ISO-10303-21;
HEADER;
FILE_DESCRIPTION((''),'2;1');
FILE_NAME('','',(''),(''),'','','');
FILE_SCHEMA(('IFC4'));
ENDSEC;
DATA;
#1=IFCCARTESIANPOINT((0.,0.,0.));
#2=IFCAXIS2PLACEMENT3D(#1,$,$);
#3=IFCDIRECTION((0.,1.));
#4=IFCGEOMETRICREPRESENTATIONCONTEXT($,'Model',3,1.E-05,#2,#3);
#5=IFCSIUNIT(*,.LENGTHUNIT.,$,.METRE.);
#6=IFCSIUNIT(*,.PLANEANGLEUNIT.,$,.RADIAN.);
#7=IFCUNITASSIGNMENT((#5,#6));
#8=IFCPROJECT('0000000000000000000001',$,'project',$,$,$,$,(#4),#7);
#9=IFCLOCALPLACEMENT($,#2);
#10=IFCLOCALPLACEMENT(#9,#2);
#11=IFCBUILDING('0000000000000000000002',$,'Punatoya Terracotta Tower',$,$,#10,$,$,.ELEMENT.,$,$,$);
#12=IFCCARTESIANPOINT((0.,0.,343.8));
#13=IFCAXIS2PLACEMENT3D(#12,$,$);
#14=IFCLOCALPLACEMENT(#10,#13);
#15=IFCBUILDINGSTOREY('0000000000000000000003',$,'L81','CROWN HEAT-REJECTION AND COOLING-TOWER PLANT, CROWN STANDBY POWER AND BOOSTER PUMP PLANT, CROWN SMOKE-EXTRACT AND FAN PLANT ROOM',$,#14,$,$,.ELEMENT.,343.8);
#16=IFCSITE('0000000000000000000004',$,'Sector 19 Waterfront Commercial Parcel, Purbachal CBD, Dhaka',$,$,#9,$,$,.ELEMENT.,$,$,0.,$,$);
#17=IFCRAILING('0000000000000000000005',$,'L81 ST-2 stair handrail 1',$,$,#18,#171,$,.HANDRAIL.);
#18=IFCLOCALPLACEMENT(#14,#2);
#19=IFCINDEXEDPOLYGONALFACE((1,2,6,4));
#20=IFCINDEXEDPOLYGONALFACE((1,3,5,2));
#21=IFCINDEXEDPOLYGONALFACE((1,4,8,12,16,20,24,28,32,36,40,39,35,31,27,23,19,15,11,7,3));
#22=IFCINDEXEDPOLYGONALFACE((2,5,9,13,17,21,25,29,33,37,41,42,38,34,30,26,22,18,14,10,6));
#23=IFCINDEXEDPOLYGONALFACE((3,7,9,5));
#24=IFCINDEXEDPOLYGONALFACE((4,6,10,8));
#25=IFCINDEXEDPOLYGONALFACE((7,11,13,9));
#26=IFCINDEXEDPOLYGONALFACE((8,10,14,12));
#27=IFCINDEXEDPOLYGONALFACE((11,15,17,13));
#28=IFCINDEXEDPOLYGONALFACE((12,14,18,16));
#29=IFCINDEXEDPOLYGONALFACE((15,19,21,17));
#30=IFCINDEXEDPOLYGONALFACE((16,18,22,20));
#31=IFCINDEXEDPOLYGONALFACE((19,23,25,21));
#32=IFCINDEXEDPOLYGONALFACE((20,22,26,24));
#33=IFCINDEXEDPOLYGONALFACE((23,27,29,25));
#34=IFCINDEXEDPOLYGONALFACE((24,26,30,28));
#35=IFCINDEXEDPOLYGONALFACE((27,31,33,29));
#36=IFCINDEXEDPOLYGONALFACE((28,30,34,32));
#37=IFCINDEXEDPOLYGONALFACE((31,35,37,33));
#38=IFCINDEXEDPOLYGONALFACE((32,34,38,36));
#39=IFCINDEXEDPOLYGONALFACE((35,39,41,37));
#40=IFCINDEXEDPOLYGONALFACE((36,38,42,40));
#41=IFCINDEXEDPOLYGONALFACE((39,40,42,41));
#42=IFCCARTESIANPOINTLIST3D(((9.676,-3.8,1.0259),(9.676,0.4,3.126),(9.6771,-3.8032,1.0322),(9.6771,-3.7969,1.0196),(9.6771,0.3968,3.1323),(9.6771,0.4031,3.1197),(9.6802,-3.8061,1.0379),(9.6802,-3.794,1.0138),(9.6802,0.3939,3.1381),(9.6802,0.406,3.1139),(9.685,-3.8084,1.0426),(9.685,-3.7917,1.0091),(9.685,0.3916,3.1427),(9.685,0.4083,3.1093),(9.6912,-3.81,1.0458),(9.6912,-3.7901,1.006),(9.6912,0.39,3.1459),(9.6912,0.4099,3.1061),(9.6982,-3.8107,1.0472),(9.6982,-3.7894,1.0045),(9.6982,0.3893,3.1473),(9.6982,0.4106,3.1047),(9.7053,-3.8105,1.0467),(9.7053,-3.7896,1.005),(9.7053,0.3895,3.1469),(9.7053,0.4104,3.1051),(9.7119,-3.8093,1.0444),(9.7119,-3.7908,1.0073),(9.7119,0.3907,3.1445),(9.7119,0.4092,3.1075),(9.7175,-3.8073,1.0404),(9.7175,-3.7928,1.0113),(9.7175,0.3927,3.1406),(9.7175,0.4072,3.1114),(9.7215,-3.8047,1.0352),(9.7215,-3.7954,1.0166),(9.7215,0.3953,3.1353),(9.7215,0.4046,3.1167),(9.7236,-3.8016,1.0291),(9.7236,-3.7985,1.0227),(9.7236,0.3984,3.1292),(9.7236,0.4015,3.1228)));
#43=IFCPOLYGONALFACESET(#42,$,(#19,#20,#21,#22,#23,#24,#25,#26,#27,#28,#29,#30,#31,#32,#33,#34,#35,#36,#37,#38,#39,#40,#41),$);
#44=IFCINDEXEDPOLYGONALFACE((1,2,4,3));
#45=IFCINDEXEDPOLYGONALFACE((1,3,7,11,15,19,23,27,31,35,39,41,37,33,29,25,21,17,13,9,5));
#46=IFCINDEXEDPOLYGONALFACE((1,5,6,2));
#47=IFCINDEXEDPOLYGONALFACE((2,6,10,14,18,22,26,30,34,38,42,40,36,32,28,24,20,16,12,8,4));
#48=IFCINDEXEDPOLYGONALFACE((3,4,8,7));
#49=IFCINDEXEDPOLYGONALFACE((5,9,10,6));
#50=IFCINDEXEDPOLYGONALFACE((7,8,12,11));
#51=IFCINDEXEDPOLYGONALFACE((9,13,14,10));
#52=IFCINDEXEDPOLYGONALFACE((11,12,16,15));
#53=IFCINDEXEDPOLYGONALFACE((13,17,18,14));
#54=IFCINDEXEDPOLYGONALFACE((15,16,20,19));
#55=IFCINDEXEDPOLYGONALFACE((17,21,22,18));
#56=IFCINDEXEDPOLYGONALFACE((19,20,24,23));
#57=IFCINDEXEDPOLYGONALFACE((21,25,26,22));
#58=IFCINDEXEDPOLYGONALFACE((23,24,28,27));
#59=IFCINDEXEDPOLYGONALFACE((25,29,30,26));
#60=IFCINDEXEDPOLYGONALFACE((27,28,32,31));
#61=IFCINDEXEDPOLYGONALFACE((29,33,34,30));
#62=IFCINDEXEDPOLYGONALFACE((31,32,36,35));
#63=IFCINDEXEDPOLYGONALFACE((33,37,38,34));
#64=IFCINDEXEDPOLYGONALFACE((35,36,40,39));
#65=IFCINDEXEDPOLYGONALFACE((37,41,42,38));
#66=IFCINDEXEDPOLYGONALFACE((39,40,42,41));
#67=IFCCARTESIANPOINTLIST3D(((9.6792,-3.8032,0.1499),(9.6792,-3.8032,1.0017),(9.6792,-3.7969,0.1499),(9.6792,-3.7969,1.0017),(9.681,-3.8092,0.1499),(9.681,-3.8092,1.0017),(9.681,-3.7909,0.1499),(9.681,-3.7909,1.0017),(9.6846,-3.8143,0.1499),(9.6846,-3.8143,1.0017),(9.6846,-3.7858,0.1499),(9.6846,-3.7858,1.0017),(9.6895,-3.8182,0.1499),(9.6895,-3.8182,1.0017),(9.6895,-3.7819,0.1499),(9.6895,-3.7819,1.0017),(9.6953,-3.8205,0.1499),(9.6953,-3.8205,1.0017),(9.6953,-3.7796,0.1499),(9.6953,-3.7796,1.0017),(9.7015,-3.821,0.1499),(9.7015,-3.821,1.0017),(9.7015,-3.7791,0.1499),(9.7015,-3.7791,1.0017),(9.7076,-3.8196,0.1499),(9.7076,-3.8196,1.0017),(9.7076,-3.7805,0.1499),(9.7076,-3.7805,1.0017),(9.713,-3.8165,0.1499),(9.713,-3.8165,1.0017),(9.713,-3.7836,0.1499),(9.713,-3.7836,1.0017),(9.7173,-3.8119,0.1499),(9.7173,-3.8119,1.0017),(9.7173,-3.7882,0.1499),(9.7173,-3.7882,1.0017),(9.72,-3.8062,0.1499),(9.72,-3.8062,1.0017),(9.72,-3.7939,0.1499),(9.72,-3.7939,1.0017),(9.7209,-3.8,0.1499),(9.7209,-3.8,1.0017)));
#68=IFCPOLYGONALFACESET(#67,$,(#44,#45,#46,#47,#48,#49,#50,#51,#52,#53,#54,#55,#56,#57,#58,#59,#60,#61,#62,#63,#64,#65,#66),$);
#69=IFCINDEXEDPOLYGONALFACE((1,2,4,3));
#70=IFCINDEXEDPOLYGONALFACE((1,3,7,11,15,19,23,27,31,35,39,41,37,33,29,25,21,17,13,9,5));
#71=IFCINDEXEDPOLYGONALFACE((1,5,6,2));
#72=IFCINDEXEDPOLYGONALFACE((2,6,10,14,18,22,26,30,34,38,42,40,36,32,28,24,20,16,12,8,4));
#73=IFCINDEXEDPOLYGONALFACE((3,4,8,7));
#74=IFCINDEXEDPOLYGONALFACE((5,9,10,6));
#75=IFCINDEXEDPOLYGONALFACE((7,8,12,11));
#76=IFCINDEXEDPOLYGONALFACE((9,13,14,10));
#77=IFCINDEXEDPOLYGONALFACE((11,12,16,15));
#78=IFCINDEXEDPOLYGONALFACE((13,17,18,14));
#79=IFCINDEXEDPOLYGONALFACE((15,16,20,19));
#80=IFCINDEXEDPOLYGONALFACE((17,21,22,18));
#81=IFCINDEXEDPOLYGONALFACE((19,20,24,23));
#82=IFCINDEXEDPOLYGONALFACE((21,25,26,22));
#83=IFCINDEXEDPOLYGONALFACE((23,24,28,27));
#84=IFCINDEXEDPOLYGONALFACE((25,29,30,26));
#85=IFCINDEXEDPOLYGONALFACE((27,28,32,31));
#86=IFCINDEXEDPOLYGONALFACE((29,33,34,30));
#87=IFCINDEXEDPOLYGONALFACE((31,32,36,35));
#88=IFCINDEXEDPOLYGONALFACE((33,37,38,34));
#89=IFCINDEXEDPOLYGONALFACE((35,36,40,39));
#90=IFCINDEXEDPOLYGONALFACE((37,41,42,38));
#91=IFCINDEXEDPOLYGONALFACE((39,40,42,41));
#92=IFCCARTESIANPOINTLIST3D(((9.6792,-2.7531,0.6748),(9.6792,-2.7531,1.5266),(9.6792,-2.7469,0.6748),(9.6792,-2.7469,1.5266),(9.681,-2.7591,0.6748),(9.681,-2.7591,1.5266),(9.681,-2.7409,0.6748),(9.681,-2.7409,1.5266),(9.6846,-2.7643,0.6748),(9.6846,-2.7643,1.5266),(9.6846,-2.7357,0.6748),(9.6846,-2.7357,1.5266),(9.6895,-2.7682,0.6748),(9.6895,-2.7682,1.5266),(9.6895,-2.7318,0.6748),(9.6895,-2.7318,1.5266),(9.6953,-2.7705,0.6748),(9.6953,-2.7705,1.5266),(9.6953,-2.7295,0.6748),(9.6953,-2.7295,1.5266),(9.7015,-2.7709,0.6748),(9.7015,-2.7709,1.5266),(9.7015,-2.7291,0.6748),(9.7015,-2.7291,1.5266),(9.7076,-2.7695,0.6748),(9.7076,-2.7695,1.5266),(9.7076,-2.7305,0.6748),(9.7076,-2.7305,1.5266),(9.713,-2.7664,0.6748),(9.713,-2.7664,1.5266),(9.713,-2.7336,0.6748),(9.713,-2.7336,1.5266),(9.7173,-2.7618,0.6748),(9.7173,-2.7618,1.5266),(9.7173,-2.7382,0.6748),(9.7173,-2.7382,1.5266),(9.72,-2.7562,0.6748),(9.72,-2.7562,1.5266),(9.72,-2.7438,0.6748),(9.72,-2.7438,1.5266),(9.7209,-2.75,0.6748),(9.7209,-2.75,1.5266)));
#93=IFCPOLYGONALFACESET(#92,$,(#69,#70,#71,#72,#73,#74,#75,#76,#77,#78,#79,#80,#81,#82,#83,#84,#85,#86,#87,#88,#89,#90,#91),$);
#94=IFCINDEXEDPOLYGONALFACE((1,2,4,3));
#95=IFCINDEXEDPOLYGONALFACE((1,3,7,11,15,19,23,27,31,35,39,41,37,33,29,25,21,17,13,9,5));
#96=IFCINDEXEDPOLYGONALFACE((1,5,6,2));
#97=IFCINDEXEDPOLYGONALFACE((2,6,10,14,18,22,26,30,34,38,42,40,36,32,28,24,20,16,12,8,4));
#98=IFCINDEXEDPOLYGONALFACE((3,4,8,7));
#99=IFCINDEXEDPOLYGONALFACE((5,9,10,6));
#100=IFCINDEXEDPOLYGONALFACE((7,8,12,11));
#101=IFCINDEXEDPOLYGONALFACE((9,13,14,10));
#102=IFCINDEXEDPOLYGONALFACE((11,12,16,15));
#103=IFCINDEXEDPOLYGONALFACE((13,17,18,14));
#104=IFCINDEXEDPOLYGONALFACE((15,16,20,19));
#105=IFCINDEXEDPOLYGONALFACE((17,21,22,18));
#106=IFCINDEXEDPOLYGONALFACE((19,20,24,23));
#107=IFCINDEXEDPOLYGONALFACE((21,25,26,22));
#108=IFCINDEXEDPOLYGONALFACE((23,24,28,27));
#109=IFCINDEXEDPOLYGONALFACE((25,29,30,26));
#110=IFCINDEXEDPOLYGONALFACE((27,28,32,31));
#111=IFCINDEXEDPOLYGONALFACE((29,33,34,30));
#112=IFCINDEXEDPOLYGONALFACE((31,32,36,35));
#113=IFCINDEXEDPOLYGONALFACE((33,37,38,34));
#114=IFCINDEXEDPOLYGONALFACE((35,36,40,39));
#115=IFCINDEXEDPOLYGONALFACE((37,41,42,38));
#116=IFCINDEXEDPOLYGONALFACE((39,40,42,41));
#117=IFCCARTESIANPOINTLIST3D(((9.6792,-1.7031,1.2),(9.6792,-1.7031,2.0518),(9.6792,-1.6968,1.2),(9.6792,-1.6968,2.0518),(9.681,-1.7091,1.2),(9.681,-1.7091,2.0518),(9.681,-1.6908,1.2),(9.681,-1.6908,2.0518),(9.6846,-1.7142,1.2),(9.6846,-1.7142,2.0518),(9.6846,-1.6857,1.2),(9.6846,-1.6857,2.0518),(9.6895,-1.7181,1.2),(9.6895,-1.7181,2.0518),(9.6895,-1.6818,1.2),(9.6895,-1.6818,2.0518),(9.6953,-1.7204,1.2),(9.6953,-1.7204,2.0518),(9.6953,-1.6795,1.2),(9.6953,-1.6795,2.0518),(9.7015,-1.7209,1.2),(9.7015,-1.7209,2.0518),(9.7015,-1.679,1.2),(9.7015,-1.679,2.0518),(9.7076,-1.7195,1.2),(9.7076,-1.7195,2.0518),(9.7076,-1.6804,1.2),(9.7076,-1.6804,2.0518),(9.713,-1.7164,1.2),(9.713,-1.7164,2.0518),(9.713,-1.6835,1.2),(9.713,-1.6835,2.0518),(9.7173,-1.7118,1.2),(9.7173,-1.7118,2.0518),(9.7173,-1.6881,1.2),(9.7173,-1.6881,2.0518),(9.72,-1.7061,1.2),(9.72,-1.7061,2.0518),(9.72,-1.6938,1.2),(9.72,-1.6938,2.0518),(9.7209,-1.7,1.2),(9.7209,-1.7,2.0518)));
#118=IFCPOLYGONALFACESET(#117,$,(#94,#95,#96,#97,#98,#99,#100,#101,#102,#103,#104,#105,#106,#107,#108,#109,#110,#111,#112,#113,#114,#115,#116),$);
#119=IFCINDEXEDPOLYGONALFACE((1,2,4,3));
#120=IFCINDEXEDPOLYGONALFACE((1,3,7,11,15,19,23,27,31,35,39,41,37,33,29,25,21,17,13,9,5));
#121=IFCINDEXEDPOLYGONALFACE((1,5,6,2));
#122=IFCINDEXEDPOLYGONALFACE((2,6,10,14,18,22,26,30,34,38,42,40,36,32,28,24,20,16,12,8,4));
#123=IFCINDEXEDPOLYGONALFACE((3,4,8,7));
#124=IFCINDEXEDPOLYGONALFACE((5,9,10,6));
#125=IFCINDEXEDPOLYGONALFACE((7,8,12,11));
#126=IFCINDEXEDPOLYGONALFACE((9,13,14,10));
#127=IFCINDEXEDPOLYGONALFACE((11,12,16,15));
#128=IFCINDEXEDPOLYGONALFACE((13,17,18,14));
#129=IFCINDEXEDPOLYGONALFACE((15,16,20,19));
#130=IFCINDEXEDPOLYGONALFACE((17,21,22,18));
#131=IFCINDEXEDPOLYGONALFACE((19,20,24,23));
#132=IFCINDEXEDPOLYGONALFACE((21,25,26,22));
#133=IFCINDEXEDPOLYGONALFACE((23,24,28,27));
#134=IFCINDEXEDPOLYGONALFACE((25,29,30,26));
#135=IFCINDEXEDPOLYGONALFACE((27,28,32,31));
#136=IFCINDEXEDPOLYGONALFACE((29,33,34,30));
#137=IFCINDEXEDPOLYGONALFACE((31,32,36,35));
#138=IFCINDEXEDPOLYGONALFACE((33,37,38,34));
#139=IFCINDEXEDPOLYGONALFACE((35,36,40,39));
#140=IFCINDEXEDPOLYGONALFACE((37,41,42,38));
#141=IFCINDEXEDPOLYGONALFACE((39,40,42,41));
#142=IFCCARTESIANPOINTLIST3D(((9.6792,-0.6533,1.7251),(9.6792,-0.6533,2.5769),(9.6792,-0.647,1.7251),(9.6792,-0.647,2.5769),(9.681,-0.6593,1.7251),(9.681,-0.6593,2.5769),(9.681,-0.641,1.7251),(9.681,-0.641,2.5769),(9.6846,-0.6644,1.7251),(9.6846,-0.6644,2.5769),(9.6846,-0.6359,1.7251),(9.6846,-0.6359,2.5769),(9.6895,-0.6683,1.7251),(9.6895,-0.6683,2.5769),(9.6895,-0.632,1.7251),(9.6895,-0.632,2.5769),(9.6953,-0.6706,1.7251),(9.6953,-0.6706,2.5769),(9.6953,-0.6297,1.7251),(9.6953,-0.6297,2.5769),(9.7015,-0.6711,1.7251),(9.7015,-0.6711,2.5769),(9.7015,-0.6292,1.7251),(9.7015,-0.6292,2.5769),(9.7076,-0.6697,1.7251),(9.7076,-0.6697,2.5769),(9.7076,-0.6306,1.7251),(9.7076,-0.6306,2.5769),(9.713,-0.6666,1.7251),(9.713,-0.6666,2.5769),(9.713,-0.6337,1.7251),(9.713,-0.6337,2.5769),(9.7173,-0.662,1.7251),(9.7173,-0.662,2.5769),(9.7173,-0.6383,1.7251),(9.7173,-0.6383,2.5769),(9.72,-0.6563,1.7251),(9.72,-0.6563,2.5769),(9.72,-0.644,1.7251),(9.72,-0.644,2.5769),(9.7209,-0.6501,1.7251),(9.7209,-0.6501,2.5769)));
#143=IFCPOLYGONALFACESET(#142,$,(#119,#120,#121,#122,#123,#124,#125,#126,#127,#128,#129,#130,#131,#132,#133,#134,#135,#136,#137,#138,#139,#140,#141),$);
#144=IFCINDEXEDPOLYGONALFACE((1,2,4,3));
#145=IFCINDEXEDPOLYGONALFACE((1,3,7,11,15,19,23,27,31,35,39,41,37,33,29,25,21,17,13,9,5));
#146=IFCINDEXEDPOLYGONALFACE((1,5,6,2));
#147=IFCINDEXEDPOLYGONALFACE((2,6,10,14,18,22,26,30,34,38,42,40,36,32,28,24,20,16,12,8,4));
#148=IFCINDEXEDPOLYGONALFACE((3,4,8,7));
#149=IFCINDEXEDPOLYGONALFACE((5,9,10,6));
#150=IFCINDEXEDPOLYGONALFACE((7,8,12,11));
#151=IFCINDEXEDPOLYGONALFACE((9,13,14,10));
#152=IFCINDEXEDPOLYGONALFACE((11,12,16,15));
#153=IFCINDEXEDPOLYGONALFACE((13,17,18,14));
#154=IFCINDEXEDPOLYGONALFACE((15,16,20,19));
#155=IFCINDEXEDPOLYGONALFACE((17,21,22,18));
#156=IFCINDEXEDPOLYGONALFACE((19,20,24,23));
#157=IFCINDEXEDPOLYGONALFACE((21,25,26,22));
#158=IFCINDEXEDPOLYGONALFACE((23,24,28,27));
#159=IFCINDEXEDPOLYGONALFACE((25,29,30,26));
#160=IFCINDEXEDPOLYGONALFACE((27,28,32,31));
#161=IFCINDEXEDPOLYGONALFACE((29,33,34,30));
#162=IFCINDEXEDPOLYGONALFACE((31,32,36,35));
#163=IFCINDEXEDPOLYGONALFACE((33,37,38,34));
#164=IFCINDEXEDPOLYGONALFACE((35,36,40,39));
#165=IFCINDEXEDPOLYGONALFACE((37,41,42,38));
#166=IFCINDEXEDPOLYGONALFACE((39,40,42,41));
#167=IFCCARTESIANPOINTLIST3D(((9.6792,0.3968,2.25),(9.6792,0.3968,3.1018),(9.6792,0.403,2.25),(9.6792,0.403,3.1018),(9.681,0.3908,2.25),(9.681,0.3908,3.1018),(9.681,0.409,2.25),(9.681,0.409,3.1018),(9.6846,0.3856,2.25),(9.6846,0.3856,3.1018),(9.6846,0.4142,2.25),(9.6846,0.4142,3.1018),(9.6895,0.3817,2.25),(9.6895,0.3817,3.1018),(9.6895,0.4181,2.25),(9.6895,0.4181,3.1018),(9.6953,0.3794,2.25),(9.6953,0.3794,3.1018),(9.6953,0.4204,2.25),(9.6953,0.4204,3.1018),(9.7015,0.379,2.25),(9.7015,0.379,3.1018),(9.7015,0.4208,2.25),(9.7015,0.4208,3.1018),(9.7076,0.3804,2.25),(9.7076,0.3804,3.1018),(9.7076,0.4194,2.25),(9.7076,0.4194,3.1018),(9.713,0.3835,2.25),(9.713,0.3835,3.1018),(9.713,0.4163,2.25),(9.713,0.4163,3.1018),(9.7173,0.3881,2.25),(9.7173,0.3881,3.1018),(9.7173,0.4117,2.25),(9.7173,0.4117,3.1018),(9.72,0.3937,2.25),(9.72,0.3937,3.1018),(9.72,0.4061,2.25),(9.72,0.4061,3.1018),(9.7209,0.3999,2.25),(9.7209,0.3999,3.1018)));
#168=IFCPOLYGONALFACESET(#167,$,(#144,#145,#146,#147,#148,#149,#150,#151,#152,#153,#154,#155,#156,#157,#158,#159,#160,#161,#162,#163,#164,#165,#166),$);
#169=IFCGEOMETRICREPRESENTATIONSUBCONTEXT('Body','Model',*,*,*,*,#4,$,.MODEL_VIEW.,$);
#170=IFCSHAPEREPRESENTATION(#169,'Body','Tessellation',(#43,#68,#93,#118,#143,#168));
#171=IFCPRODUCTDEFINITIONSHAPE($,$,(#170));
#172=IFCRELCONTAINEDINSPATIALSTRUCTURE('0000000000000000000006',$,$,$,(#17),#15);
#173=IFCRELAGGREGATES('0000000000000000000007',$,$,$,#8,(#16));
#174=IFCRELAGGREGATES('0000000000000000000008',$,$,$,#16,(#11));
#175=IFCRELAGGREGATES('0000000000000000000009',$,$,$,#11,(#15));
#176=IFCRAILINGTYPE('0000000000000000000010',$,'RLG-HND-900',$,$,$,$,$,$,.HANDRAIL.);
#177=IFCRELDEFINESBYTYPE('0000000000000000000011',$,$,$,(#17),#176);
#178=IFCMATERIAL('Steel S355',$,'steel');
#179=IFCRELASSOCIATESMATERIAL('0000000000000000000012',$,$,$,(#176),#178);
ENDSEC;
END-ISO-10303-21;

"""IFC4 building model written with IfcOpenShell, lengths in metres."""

from ifc_helpers import new_model, si_unit, direction, frame, origin, origin_2d, place, context, subcontext, project, spatial, circle, extrude, material, type_object, element, save


model = new_model("IFC4")

# Units and contexts
model_context = context("Model", 3, precision=1e-05, world=origin(), true_north=direction((0.0, 1.0)))
body_context = subcontext(model_context, "Body", "Model", "MODEL_VIEW")
ifc_project = project(units=[si_unit("LENGTHUNIT", "METRE"), si_unit("PLANEANGLEUNIT", "RADIAN")], contexts=[model_context])

# Site, building, storey
site_placement = place(None, origin())
site = spatial("IfcSite", under=ifc_project, at=site_placement, Name="Sector 19 Waterfront Commercial Parcel, Purbachal CBD, Dhaka", CompositionType="ELEMENT", RefElevation=0.0)
building_placement = place(site_placement, origin())
building = spatial("IfcBuilding", under=site, at=building_placement, Name="Punatoya Terracotta Tower", CompositionType="ELEMENT")
storey_placement = place(building_placement, frame((0.0, 0.0, 343.8)))
storey = spatial("IfcBuildingStorey", under=building, at=storey_placement, Name="L81", Description="CROWN HEAT-REJECTION AND COOLING-TOWER PLANT, CROWN STANDBY POWER AND BOOSTER PUMP PLANT, CROWN SMOKE-EXTRACT AND FAN PLANT ROOM", CompositionType="ELEMENT", Elevation=343.8)

# Railing
ifc_material_1 = material(Name="Steel S355", Category="steel")
railing_type_1 = type_object("IfcRailingType", Name="RLG-HND-900", PredefinedType="HANDRAIL", material=ifc_material_1)
railing_1_placement = place(storey_placement, frame((9.7, -3.8, 0.1499)))
element("IfcRailing", 1, at=railing_1_placement, inside=storey, type_object=railing_type_1, Name="L81 ST-2 stair handrail 1", PredefinedType="HANDRAIL", context=body_context, shape_type="SweptSolid", body=[
    extrude(circle(Radius=0.0239, at=origin_2d()), frame((0.0, 0.0, 0.876), z_axis=(0.0, 0.894417, 0.447234), x_axis=(-1.0, 0.0, 0.0)), (0.0, 0.0, 1.0), 4.6958),
    extrude(circle(Radius=0.021, at=origin_2d()), origin(), (0.0, 0.0, 1.0), 0.8518),
    extrude(circle(Radius=0.021, at=origin_2d()), frame((0.0, 1.05, 0.5249)), (0.0, 0.0, 1.0), 0.8518),
    extrude(circle(Radius=0.021, at=origin_2d()), frame((0.0, 2.1001, 1.05)), (0.0, 0.0, 1.0), 0.8518),
    extrude(circle(Radius=0.021, at=origin_2d()), frame((0.0, 3.1499, 1.5752)), (0.0, 0.0, 1.0), 0.8518),
    extrude(circle(Radius=0.021, at=origin_2d()), frame((0.0, 4.2, 2.1001)), (0.0, 0.0, 1.0), 0.8518),
])

save(model, "model.ifc")
